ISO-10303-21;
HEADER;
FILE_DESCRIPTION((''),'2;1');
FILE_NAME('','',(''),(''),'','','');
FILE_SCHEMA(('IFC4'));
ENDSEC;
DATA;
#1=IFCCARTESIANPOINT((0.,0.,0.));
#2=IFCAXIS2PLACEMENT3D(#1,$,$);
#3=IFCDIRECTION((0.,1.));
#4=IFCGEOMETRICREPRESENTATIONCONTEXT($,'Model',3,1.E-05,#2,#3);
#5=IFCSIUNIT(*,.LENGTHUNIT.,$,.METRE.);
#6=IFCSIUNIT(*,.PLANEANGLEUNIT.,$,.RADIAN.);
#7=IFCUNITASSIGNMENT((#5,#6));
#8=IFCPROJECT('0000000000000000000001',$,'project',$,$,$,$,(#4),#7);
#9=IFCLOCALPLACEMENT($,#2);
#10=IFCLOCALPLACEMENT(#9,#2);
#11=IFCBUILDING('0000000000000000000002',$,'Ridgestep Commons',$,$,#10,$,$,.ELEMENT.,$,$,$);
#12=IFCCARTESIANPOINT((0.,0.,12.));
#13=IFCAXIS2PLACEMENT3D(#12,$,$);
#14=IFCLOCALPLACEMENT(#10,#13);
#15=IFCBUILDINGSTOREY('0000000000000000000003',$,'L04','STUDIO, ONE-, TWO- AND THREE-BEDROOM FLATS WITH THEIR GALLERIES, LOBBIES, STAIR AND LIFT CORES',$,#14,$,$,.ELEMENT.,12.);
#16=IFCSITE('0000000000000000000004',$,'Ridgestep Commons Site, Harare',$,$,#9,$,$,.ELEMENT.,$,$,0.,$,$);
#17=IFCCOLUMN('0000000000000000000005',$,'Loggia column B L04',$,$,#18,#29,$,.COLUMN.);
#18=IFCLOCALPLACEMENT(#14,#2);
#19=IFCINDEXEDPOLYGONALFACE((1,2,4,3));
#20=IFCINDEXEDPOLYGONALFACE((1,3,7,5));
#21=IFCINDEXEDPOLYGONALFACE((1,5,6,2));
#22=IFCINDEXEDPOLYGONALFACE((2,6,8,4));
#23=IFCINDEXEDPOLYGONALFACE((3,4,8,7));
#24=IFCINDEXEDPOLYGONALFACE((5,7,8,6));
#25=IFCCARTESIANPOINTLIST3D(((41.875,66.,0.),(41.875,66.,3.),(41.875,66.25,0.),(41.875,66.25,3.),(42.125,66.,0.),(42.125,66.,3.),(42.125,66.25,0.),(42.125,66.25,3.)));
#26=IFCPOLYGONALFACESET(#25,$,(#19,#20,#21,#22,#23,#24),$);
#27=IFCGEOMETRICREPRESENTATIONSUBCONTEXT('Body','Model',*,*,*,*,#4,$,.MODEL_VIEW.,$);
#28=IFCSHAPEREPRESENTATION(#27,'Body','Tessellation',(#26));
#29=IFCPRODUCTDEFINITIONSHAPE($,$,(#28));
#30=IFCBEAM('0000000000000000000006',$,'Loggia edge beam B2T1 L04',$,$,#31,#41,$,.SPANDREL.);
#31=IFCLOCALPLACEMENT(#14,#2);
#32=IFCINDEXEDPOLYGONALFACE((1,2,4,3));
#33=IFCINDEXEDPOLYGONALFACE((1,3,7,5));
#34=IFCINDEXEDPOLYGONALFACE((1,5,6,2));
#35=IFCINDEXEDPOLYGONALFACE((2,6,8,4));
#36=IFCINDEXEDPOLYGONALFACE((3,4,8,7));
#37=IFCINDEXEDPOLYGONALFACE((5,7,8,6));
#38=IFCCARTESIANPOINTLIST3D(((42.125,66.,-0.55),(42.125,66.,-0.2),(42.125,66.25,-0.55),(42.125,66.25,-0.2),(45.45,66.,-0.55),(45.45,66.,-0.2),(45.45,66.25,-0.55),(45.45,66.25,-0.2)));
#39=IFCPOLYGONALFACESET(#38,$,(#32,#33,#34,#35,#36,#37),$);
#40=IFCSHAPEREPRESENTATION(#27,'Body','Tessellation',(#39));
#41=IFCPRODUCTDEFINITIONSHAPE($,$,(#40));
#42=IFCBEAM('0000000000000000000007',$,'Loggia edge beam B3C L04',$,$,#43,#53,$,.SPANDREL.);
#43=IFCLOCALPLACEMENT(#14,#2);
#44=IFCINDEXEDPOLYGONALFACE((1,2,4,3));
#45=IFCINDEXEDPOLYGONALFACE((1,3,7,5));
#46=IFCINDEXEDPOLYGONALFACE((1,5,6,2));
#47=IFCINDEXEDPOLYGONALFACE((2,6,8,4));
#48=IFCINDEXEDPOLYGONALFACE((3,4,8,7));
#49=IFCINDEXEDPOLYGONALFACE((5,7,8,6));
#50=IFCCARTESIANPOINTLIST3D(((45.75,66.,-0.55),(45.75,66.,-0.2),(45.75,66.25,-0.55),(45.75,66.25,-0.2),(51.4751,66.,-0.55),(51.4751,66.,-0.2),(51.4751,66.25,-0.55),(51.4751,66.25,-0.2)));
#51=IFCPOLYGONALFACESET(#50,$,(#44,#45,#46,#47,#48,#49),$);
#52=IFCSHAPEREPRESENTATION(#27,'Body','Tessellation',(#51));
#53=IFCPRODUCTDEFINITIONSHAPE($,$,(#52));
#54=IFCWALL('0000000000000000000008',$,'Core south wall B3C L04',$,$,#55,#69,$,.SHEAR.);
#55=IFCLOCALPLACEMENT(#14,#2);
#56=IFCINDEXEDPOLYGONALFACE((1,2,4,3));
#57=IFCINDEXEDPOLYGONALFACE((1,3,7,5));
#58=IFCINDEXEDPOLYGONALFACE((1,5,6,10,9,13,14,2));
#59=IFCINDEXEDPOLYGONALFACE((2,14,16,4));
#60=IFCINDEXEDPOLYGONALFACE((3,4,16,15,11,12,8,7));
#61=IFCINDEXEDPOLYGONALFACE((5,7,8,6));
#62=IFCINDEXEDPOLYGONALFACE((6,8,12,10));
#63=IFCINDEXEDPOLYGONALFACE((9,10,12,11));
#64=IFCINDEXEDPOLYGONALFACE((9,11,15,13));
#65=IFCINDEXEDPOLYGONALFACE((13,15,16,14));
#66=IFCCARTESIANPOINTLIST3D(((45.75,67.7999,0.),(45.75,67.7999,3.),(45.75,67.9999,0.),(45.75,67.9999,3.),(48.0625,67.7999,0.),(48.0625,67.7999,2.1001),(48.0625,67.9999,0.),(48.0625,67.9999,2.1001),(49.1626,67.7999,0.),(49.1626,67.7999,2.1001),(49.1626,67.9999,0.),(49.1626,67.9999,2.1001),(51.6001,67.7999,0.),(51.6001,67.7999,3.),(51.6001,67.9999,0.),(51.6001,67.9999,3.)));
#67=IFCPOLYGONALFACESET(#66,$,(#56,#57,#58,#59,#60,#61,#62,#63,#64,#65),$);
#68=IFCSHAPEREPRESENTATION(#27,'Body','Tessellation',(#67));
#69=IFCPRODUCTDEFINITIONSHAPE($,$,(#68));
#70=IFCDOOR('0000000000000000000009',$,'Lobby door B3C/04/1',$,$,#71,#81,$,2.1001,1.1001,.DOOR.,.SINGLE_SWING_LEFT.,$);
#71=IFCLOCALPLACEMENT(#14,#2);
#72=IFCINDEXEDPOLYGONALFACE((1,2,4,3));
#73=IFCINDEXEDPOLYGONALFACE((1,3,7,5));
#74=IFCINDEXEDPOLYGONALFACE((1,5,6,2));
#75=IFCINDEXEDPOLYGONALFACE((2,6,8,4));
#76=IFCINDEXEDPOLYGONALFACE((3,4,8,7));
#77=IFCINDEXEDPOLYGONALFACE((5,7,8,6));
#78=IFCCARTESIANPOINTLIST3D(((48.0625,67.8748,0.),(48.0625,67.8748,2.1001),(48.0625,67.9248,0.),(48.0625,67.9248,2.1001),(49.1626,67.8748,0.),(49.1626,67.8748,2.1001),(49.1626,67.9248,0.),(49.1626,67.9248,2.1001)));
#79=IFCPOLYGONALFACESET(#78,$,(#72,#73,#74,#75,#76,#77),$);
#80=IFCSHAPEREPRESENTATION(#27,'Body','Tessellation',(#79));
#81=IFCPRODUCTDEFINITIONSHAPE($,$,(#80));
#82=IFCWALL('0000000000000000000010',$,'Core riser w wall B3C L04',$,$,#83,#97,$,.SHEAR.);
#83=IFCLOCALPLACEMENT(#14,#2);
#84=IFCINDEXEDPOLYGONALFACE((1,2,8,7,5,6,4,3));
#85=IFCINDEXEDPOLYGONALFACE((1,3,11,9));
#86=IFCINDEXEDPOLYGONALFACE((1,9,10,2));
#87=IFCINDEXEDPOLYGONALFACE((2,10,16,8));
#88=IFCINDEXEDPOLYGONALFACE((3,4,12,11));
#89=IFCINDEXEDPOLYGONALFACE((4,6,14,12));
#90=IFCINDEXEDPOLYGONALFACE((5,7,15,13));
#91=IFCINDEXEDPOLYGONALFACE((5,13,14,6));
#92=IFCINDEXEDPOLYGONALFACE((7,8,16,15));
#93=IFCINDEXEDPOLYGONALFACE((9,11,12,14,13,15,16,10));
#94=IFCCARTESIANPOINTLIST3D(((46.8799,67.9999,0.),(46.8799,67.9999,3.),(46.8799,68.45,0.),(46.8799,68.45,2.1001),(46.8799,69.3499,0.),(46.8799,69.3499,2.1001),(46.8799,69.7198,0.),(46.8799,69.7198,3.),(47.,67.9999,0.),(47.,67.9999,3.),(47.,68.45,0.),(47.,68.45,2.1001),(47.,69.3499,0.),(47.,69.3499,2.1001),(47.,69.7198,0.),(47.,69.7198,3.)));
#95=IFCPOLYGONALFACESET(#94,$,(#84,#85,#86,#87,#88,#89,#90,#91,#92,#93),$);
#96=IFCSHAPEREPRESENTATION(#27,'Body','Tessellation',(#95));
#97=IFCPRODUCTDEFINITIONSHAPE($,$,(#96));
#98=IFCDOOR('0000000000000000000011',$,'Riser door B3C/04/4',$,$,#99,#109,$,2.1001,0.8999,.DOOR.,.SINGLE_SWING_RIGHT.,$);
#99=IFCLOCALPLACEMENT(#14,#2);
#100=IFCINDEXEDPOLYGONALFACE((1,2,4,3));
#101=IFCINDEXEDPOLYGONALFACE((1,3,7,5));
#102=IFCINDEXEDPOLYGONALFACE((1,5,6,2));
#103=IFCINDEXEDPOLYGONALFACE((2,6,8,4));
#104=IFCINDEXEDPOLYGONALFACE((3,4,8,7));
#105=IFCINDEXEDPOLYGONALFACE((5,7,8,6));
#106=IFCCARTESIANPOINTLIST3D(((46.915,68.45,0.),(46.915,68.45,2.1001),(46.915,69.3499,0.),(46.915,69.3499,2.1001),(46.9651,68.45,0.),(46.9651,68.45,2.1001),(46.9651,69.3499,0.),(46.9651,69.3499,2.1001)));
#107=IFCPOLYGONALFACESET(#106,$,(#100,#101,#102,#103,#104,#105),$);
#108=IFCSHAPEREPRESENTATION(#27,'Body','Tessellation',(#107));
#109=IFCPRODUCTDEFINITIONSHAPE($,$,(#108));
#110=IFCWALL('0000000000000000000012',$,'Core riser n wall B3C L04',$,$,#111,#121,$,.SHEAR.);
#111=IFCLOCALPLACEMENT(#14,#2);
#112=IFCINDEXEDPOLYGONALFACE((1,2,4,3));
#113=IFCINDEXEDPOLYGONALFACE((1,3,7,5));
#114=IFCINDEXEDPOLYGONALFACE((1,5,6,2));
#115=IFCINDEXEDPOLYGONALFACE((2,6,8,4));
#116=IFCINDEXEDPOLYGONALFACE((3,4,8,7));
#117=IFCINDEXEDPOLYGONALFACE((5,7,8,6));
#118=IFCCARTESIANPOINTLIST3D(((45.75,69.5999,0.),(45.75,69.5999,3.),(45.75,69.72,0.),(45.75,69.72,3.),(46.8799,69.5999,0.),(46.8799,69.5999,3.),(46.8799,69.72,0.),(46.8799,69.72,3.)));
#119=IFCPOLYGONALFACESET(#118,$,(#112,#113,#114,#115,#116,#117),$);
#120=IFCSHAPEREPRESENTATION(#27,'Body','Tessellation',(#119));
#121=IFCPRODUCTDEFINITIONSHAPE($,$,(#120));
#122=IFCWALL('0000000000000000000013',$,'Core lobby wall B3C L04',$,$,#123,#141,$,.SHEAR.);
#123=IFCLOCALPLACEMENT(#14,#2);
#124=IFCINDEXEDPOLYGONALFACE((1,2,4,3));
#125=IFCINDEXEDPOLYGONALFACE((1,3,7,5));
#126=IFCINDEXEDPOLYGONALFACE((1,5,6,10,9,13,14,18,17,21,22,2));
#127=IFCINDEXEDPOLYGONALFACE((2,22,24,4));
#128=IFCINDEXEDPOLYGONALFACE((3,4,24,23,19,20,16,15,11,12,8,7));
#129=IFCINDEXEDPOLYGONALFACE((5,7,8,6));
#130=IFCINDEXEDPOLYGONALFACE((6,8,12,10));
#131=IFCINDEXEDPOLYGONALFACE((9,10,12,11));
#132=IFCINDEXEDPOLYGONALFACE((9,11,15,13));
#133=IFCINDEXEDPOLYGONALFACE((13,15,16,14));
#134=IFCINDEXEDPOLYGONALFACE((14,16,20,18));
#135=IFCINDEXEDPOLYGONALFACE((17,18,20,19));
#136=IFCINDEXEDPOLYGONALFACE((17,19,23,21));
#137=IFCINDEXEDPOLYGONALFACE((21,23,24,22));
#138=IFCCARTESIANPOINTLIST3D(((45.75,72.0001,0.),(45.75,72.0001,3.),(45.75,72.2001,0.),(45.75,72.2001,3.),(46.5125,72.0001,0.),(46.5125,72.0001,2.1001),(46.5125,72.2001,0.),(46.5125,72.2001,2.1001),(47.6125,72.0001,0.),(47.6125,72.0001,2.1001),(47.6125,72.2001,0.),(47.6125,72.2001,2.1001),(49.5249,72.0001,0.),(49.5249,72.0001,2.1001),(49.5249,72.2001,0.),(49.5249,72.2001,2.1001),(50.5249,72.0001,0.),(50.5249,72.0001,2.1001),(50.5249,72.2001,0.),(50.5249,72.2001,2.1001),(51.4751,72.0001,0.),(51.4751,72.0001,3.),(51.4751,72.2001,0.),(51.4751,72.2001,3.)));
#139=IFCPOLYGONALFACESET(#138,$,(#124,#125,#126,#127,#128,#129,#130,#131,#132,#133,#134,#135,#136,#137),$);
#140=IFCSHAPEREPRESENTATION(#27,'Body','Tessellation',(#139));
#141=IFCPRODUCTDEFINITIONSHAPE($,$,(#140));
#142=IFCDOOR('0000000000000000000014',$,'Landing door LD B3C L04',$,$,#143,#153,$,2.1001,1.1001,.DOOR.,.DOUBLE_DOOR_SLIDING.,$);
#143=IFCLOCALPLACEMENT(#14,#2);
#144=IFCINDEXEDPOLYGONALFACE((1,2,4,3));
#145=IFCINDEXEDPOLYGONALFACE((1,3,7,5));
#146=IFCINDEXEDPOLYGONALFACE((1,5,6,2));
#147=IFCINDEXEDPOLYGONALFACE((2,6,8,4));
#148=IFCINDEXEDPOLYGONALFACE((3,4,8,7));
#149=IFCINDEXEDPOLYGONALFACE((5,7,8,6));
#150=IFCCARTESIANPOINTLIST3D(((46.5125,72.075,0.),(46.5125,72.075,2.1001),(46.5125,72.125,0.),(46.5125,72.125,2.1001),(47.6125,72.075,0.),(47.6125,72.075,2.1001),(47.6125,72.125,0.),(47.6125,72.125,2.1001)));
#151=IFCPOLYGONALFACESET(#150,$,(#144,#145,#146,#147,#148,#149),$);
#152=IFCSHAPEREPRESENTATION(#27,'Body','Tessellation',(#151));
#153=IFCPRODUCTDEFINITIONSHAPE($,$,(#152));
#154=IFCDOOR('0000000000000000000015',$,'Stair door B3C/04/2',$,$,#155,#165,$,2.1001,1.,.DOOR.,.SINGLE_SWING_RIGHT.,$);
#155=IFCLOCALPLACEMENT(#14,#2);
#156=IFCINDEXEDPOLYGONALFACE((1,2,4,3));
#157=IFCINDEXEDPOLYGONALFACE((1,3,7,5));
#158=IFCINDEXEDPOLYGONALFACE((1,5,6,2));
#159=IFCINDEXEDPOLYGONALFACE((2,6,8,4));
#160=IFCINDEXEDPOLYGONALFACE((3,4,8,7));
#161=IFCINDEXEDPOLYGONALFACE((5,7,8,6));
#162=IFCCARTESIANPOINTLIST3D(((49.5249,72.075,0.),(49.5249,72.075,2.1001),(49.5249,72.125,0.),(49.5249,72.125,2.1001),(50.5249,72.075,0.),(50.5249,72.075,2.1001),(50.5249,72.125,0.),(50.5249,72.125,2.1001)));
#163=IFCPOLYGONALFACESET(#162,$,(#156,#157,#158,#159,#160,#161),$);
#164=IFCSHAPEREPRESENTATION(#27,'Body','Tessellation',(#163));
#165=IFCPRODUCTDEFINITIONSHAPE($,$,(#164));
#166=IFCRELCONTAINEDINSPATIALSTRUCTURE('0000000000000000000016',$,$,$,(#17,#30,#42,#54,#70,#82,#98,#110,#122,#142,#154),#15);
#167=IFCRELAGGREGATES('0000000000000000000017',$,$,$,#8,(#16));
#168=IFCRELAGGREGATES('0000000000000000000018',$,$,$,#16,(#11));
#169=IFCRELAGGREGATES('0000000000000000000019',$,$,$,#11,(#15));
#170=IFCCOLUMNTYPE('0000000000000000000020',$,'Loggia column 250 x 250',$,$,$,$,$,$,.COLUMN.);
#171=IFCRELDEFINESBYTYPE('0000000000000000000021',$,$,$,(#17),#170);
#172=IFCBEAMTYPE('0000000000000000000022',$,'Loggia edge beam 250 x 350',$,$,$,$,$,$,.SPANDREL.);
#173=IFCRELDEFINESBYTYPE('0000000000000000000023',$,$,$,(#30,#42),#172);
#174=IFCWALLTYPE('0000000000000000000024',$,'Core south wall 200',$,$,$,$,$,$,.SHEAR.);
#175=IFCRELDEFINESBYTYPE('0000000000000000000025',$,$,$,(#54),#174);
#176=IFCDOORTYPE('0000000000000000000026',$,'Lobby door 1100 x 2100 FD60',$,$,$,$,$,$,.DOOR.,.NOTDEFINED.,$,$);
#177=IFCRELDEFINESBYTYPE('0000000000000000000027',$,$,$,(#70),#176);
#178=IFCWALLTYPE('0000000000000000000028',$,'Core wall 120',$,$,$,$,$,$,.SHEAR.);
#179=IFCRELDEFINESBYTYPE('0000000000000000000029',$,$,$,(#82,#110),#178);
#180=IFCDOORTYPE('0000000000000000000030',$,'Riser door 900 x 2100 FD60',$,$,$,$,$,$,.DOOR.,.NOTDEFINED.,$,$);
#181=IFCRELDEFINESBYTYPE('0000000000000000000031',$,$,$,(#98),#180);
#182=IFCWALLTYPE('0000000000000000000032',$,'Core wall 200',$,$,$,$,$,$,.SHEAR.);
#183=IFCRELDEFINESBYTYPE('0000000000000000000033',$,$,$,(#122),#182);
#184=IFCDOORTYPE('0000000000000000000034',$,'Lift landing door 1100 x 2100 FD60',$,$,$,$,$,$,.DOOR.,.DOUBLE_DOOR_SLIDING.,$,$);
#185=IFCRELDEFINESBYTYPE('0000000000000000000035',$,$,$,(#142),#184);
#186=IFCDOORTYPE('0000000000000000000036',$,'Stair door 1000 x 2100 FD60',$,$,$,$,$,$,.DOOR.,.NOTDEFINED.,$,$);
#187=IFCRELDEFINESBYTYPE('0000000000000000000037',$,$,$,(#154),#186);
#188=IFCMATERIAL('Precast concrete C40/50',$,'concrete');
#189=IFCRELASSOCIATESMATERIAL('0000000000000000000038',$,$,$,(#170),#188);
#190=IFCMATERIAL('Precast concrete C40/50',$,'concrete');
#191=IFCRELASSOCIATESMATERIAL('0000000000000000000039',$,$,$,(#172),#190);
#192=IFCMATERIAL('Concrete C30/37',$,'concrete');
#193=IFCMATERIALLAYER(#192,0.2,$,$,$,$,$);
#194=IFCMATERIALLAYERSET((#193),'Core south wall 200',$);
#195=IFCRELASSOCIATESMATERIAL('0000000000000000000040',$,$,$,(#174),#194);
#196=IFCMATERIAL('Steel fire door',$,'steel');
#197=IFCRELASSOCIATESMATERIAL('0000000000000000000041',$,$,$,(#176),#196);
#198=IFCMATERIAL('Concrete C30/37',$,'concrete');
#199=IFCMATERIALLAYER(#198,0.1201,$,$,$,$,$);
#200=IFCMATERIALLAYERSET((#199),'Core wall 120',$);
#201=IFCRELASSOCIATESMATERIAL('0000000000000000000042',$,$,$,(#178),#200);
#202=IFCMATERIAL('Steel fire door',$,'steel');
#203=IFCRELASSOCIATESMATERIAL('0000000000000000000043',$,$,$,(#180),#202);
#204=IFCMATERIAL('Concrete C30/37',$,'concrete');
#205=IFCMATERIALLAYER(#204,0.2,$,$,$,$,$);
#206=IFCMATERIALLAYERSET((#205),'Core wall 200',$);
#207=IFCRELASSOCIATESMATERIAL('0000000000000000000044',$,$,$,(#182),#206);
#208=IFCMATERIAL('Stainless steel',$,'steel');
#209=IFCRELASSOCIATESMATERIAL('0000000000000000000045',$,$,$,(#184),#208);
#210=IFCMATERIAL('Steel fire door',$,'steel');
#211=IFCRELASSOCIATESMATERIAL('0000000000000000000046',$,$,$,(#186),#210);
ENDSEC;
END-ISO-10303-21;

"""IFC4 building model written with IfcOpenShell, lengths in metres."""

from ifc_helpers import new_model, si_unit, direction, frame, frame_2d, origin, origin_2d, place, context, subcontext, project, spatial, rectangle, extrude, material, layer, layer_set, material_profile, profile_set, type_object, element, fill, save


model = new_model("IFC4")

# Units and contexts
model_context = context("Model", 3, precision=1e-05, world=origin(), true_north=direction((0.0, 1.0)))
body_context = subcontext(model_context, "Body", "Model", "MODEL_VIEW")
ifc_project = project(units=[si_unit("LENGTHUNIT", "METRE"), si_unit("PLANEANGLEUNIT", "RADIAN")], contexts=[model_context])

# Site, building, storey
site_placement = place(None, origin())
site = spatial("IfcSite", under=ifc_project, at=site_placement, Name="Ridgestep Commons Site, Harare", CompositionType="ELEMENT", RefElevation=0.0)
building_placement = place(site_placement, origin())
building = spatial("IfcBuilding", under=site, at=building_placement, Name="Ridgestep Commons", CompositionType="ELEMENT")
storey_placement = place(building_placement, frame((0.0, 0.0, 12.0)))
storey = spatial("IfcBuildingStorey", under=building, at=storey_placement, Name="L04", Description="STUDIO, ONE-, TWO- AND THREE-BEDROOM FLATS WITH THEIR GALLERIES, LOBBIES, STAIR AND LIFT CORES", CompositionType="ELEMENT", Elevation=12.0)

# Column
ifc_material_1 = material(Name="Precast concrete C40/50", Category="concrete")
ifc_material_profile_1 = material_profile(ifc_material_1, rectangle(XDim=0.25, YDim=0.25, at=origin_2d()), Name="PC 250x250")
ifc_profile_set_1 = profile_set([ifc_material_profile_1], Name="Precast concrete C40/50")
column_type = type_object("IfcColumnType", Name="Loggia column 250 x 250", PredefinedType="COLUMN", material=ifc_profile_set_1)
column_placement = place(storey_placement, frame((42.0, 66.125, 0.0), z_axis=(0.0, 0.0, 1.0), x_axis=(1.0, 0.0, 0.0)))
element("IfcColumn", 1, at=column_placement, inside=storey, type_object=column_type, Name="Loggia column B L04", PredefinedType="COLUMN", context=body_context, shape_type="SweptSolid", body=[
    extrude(rectangle(XDim=0.25, YDim=0.25, at=origin_2d()), origin(), (0.0, 0.0, 1.0), 3.0),
])

# Beams
ifc_material_2 = material(Name="Precast concrete C40/50", Category="concrete")
ifc_material_profile_2 = material_profile(ifc_material_2, rectangle(XDim=0.25, YDim=0.3501, at=origin_2d()), Name="PC 250x350")
ifc_profile_set_2 = profile_set([ifc_material_profile_2], Name="Precast concrete C40/50")
beam_type = type_object("IfcBeamType", Name="Loggia edge beam 250 x 350", PredefinedType="SPANDREL", material=ifc_profile_set_2)
beam_1_placement = place(storey_placement, frame((42.125, 66.125, -0.375), z_axis=(1.0, 0.0, 0.0), x_axis=(0.0, 1.0, 0.0)))
element("IfcBeam", 2, at=beam_1_placement, inside=storey, type_object=beam_type, Name="Loggia edge beam B2T1 L04", PredefinedType="SPANDREL", context=body_context, shape_type="SweptSolid", body=[
    extrude(rectangle(XDim=0.25, YDim=0.3501, at=origin_2d()), origin(), (0.0, 0.0, 1.0), 3.325),
])
beam_2_placement = place(storey_placement, frame((45.75, 66.125, -0.375), z_axis=(1.0, 0.0, 0.0), x_axis=(0.0, 1.0, 0.0)))
element("IfcBeam", 3, at=beam_2_placement, inside=storey, type_object=beam_type, Name="Loggia edge beam B3C L04", PredefinedType="SPANDREL", context=body_context, shape_type="SweptSolid", body=[
    extrude(rectangle(XDim=0.25, YDim=0.3501, at=origin_2d()), origin(), (0.0, 0.0, 1.0), 5.7251),
])

# Walls, openings, doors
ifc_material_3 = material(Name="Concrete C30/37", Category="concrete")
ifc_layer_1 = layer(ifc_material_3, 0.2)
ifc_layer_set_1 = layer_set([ifc_layer_1], Name="Core south wall 200")
wall_type_1 = type_object("IfcWallType", Name="Core south wall 200", PredefinedType="SHEAR", material=ifc_layer_set_1)
wall_1_placement = place(storey_placement, frame((45.75, 67.8999, 0.0), z_axis=(0.0, 0.0, 1.0), x_axis=(1.0, 0.0, 0.0)))
wall_1 = element("IfcWall", 4, at=wall_1_placement, inside=storey, type_object=wall_type_1, Name="Core south wall B3C L04", PredefinedType="SHEAR", context=body_context, shape_type="SweptSolid", body=[
    extrude(rectangle(XDim=5.8501, YDim=0.2, at=frame_2d((2.925, 0.0))), origin(), (0.0, 0.0, 1.0), 3.0),
])
opening_1_placement = place(wall_1_placement, frame((2.3125, 0.0, 0.0)))
opening_1 = element("IfcOpeningElement", 5, at=opening_1_placement, cuts=wall_1, PredefinedType="OPENING", context=body_context, shape_type="SweptSolid", body=[
    extrude(rectangle(XDim=1.1001, YDim=2.1001, at=frame_2d((0.55, 1.05))), frame((0.0, 0.1099, 0.0), z_axis=(0.0, -1.0, 0.0), x_axis=(1.0, 0.0, 0.0)), (0.0, 0.0, 1.0), 0.22),
])
ifc_material_4 = material(Name="Steel fire door", Category="steel")
door_type_1 = type_object("IfcDoorType", Name="Lobby door 1100 x 2100 FD60", OperationType="NOTDEFINED", PredefinedType="DOOR", material=ifc_material_4)
door_1_placement = place(opening_1_placement, origin())
door_1 = element("IfcDoor", 6, at=door_1_placement, inside=storey, type_object=door_type_1, Name="Lobby door B3C/04/1", OperationType="SINGLE_SWING_LEFT", OverallHeight=2.1001, OverallWidth=1.1001, PredefinedType="DOOR", context=body_context, shape_type="SweptSolid", body=[
    extrude(rectangle(XDim=1.1001, YDim=2.1001, at=frame_2d((0.55, 1.05))), frame((0.0, 0.0249, 0.0), z_axis=(0.0, -1.0, 0.0), x_axis=(1.0, 0.0, 0.0)), (0.0, 0.0, 1.0), 0.05),
])
fill(opening_1, door_1)
ifc_material_5 = material(Name="Concrete C30/37", Category="concrete")
ifc_layer_2 = layer(ifc_material_5, 0.1201)
ifc_layer_set_2 = layer_set([ifc_layer_2], Name="Core wall 120")
wall_type_2 = type_object("IfcWallType", Name="Core wall 120", PredefinedType="SHEAR", material=ifc_layer_set_2)
wall_2_placement = place(storey_placement, frame((46.9399, 68.0, 0.0), z_axis=(0.0, 0.0, 1.0), x_axis=(0.0, 1.0, 0.0)))
wall_2 = element("IfcWall", 7, at=wall_2_placement, inside=storey, type_object=wall_type_2, Name="Core riser w wall B3C L04", PredefinedType="SHEAR", context=body_context, shape_type="SweptSolid", body=[
    extrude(rectangle(XDim=1.72, YDim=0.1201, at=frame_2d((0.8599, 0.0))), origin(), (0.0, 0.0, 1.0), 3.0),
])
opening_2_placement = place(wall_2_placement, frame((0.45, 0.0, 0.0)))
opening_2 = element("IfcOpeningElement", 8, at=opening_2_placement, cuts=wall_2, PredefinedType="OPENING", context=body_context, shape_type="SweptSolid", body=[
    extrude(rectangle(XDim=0.8999, YDim=2.1001, at=frame_2d((0.45, 1.05))), frame((0.0, 0.0701, 0.0), z_axis=(0.0, -1.0, 0.0), x_axis=(1.0, 0.0, 0.0)), (0.0, 0.0, 1.0), 0.1401),
])
ifc_material_6 = material(Name="Steel fire door", Category="steel")
door_type_2 = type_object("IfcDoorType", Name="Riser door 900 x 2100 FD60", OperationType="NOTDEFINED", PredefinedType="DOOR", material=ifc_material_6)
door_2_placement = place(opening_2_placement, origin())
door_2 = element("IfcDoor", 9, at=door_2_placement, inside=storey, type_object=door_type_2, Name="Riser door B3C/04/4", OperationType="SINGLE_SWING_RIGHT", OverallHeight=2.1001, OverallWidth=0.8999, PredefinedType="DOOR", context=body_context, shape_type="SweptSolid", body=[
    extrude(rectangle(XDim=0.8999, YDim=2.1001, at=frame_2d((0.45, 1.05))), frame((0.0, 0.0249, 0.0), z_axis=(0.0, -1.0, 0.0), x_axis=(1.0, 0.0, 0.0)), (0.0, 0.0, 1.0), 0.05),
])
fill(opening_2, door_2)

# Wall
wall_3_placement = place(storey_placement, frame((45.75, 69.6599, 0.0), z_axis=(0.0, 0.0, 1.0), x_axis=(1.0, 0.0, 0.0)))
element("IfcWall", 10, at=wall_3_placement, inside=storey, type_object=wall_type_2, Name="Core riser n wall B3C L04", PredefinedType="SHEAR", context=body_context, shape_type="SweptSolid", body=[
    extrude(rectangle(XDim=1.1299, YDim=0.1201, at=frame_2d((0.5649, 0.0))), origin(), (0.0, 0.0, 1.0), 3.0),
])

# Wall, openings, doors
ifc_material_7 = material(Name="Concrete C30/37", Category="concrete")
ifc_layer_3 = layer(ifc_material_7, 0.2)
ifc_layer_set_3 = layer_set([ifc_layer_3], Name="Core wall 200")
wall_type_3 = type_object("IfcWallType", Name="Core wall 200", PredefinedType="SHEAR", material=ifc_layer_set_3)
wall_4_placement = place(storey_placement, frame((45.75, 72.1001, 0.0), z_axis=(0.0, 0.0, 1.0), x_axis=(1.0, 0.0, 0.0)))
wall_4 = element("IfcWall", 11, at=wall_4_placement, inside=storey, type_object=wall_type_3, Name="Core lobby wall B3C L04", PredefinedType="SHEAR", context=body_context, shape_type="SweptSolid", body=[
    extrude(rectangle(XDim=5.7251, YDim=0.2, at=frame_2d((2.8625, 0.0))), origin(), (0.0, 0.0, 1.0), 3.0),
])
opening_3_placement = place(wall_4_placement, frame((3.7749, 0.0, 0.0)))
opening_3 = element("IfcOpeningElement", 12, at=opening_3_placement, cuts=wall_4, PredefinedType="OPENING", context=body_context, shape_type="SweptSolid", body=[
    extrude(rectangle(XDim=1.0, YDim=2.1001, at=frame_2d((0.5, 1.05))), frame((0.0, 0.1099, 0.0), z_axis=(0.0, -1.0, 0.0), x_axis=(1.0, 0.0, 0.0)), (0.0, 0.0, 1.0), 0.22),
])
opening_4_placement = place(wall_4_placement, frame((0.7625, 0.0, 0.0)))
opening_4 = element("IfcOpeningElement", 13, at=opening_4_placement, cuts=wall_4, PredefinedType="OPENING", context=body_context, shape_type="SweptSolid", body=[
    extrude(rectangle(XDim=1.1001, YDim=2.1001, at=frame_2d((0.55, 1.05))), frame((0.0, 0.1099, 0.0), z_axis=(0.0, -1.0, 0.0), x_axis=(1.0, 0.0, 0.0)), (0.0, 0.0, 1.0), 0.22),
])
ifc_material_8 = material(Name="Stainless steel", Category="steel")
door_type_3 = type_object("IfcDoorType", Name="Lift landing door 1100 x 2100 FD60", OperationType="DOUBLE_DOOR_SLIDING", PredefinedType="DOOR", material=ifc_material_8)
door_3_placement = place(opening_4_placement, origin())
door_3 = element("IfcDoor", 14, at=door_3_placement, inside=storey, type_object=door_type_3, Name="Landing door LD B3C L04", OperationType="DOUBLE_DOOR_SLIDING", OverallHeight=2.1001, OverallWidth=1.1001, PredefinedType="DOOR", context=body_context, shape_type="SweptSolid", body=[
    extrude(rectangle(XDim=1.1001, YDim=2.1001, at=frame_2d((0.55, 1.05))), frame((0.0, 0.0249, 0.0), z_axis=(0.0, -1.0, 0.0), x_axis=(1.0, 0.0, 0.0)), (0.0, 0.0, 1.0), 0.05),
])
fill(opening_4, door_3)
ifc_material_9 = material(Name="Steel fire door", Category="steel")
door_type_4 = type_object("IfcDoorType", Name="Stair door 1000 x 2100 FD60", OperationType="NOTDEFINED", PredefinedType="DOOR", material=ifc_material_9)
door_4_placement = place(opening_3_placement, origin())
door_4 = element("IfcDoor", 15, at=door_4_placement, inside=storey, type_object=door_type_4, Name="Stair door B3C/04/2", OperationType="SINGLE_SWING_RIGHT", OverallHeight=2.1001, OverallWidth=1.0, PredefinedType="DOOR", context=body_context, shape_type="SweptSolid", body=[
    extrude(rectangle(XDim=1.0, YDim=2.1001, at=frame_2d((0.5, 1.05))), frame((0.0, 0.0249, 0.0), z_axis=(0.0, -1.0, 0.0), x_axis=(1.0, 0.0, 0.0)), (0.0, 0.0, 1.0), 0.05),
])
fill(opening_3, door_4)

save(model, "model.ifc")
